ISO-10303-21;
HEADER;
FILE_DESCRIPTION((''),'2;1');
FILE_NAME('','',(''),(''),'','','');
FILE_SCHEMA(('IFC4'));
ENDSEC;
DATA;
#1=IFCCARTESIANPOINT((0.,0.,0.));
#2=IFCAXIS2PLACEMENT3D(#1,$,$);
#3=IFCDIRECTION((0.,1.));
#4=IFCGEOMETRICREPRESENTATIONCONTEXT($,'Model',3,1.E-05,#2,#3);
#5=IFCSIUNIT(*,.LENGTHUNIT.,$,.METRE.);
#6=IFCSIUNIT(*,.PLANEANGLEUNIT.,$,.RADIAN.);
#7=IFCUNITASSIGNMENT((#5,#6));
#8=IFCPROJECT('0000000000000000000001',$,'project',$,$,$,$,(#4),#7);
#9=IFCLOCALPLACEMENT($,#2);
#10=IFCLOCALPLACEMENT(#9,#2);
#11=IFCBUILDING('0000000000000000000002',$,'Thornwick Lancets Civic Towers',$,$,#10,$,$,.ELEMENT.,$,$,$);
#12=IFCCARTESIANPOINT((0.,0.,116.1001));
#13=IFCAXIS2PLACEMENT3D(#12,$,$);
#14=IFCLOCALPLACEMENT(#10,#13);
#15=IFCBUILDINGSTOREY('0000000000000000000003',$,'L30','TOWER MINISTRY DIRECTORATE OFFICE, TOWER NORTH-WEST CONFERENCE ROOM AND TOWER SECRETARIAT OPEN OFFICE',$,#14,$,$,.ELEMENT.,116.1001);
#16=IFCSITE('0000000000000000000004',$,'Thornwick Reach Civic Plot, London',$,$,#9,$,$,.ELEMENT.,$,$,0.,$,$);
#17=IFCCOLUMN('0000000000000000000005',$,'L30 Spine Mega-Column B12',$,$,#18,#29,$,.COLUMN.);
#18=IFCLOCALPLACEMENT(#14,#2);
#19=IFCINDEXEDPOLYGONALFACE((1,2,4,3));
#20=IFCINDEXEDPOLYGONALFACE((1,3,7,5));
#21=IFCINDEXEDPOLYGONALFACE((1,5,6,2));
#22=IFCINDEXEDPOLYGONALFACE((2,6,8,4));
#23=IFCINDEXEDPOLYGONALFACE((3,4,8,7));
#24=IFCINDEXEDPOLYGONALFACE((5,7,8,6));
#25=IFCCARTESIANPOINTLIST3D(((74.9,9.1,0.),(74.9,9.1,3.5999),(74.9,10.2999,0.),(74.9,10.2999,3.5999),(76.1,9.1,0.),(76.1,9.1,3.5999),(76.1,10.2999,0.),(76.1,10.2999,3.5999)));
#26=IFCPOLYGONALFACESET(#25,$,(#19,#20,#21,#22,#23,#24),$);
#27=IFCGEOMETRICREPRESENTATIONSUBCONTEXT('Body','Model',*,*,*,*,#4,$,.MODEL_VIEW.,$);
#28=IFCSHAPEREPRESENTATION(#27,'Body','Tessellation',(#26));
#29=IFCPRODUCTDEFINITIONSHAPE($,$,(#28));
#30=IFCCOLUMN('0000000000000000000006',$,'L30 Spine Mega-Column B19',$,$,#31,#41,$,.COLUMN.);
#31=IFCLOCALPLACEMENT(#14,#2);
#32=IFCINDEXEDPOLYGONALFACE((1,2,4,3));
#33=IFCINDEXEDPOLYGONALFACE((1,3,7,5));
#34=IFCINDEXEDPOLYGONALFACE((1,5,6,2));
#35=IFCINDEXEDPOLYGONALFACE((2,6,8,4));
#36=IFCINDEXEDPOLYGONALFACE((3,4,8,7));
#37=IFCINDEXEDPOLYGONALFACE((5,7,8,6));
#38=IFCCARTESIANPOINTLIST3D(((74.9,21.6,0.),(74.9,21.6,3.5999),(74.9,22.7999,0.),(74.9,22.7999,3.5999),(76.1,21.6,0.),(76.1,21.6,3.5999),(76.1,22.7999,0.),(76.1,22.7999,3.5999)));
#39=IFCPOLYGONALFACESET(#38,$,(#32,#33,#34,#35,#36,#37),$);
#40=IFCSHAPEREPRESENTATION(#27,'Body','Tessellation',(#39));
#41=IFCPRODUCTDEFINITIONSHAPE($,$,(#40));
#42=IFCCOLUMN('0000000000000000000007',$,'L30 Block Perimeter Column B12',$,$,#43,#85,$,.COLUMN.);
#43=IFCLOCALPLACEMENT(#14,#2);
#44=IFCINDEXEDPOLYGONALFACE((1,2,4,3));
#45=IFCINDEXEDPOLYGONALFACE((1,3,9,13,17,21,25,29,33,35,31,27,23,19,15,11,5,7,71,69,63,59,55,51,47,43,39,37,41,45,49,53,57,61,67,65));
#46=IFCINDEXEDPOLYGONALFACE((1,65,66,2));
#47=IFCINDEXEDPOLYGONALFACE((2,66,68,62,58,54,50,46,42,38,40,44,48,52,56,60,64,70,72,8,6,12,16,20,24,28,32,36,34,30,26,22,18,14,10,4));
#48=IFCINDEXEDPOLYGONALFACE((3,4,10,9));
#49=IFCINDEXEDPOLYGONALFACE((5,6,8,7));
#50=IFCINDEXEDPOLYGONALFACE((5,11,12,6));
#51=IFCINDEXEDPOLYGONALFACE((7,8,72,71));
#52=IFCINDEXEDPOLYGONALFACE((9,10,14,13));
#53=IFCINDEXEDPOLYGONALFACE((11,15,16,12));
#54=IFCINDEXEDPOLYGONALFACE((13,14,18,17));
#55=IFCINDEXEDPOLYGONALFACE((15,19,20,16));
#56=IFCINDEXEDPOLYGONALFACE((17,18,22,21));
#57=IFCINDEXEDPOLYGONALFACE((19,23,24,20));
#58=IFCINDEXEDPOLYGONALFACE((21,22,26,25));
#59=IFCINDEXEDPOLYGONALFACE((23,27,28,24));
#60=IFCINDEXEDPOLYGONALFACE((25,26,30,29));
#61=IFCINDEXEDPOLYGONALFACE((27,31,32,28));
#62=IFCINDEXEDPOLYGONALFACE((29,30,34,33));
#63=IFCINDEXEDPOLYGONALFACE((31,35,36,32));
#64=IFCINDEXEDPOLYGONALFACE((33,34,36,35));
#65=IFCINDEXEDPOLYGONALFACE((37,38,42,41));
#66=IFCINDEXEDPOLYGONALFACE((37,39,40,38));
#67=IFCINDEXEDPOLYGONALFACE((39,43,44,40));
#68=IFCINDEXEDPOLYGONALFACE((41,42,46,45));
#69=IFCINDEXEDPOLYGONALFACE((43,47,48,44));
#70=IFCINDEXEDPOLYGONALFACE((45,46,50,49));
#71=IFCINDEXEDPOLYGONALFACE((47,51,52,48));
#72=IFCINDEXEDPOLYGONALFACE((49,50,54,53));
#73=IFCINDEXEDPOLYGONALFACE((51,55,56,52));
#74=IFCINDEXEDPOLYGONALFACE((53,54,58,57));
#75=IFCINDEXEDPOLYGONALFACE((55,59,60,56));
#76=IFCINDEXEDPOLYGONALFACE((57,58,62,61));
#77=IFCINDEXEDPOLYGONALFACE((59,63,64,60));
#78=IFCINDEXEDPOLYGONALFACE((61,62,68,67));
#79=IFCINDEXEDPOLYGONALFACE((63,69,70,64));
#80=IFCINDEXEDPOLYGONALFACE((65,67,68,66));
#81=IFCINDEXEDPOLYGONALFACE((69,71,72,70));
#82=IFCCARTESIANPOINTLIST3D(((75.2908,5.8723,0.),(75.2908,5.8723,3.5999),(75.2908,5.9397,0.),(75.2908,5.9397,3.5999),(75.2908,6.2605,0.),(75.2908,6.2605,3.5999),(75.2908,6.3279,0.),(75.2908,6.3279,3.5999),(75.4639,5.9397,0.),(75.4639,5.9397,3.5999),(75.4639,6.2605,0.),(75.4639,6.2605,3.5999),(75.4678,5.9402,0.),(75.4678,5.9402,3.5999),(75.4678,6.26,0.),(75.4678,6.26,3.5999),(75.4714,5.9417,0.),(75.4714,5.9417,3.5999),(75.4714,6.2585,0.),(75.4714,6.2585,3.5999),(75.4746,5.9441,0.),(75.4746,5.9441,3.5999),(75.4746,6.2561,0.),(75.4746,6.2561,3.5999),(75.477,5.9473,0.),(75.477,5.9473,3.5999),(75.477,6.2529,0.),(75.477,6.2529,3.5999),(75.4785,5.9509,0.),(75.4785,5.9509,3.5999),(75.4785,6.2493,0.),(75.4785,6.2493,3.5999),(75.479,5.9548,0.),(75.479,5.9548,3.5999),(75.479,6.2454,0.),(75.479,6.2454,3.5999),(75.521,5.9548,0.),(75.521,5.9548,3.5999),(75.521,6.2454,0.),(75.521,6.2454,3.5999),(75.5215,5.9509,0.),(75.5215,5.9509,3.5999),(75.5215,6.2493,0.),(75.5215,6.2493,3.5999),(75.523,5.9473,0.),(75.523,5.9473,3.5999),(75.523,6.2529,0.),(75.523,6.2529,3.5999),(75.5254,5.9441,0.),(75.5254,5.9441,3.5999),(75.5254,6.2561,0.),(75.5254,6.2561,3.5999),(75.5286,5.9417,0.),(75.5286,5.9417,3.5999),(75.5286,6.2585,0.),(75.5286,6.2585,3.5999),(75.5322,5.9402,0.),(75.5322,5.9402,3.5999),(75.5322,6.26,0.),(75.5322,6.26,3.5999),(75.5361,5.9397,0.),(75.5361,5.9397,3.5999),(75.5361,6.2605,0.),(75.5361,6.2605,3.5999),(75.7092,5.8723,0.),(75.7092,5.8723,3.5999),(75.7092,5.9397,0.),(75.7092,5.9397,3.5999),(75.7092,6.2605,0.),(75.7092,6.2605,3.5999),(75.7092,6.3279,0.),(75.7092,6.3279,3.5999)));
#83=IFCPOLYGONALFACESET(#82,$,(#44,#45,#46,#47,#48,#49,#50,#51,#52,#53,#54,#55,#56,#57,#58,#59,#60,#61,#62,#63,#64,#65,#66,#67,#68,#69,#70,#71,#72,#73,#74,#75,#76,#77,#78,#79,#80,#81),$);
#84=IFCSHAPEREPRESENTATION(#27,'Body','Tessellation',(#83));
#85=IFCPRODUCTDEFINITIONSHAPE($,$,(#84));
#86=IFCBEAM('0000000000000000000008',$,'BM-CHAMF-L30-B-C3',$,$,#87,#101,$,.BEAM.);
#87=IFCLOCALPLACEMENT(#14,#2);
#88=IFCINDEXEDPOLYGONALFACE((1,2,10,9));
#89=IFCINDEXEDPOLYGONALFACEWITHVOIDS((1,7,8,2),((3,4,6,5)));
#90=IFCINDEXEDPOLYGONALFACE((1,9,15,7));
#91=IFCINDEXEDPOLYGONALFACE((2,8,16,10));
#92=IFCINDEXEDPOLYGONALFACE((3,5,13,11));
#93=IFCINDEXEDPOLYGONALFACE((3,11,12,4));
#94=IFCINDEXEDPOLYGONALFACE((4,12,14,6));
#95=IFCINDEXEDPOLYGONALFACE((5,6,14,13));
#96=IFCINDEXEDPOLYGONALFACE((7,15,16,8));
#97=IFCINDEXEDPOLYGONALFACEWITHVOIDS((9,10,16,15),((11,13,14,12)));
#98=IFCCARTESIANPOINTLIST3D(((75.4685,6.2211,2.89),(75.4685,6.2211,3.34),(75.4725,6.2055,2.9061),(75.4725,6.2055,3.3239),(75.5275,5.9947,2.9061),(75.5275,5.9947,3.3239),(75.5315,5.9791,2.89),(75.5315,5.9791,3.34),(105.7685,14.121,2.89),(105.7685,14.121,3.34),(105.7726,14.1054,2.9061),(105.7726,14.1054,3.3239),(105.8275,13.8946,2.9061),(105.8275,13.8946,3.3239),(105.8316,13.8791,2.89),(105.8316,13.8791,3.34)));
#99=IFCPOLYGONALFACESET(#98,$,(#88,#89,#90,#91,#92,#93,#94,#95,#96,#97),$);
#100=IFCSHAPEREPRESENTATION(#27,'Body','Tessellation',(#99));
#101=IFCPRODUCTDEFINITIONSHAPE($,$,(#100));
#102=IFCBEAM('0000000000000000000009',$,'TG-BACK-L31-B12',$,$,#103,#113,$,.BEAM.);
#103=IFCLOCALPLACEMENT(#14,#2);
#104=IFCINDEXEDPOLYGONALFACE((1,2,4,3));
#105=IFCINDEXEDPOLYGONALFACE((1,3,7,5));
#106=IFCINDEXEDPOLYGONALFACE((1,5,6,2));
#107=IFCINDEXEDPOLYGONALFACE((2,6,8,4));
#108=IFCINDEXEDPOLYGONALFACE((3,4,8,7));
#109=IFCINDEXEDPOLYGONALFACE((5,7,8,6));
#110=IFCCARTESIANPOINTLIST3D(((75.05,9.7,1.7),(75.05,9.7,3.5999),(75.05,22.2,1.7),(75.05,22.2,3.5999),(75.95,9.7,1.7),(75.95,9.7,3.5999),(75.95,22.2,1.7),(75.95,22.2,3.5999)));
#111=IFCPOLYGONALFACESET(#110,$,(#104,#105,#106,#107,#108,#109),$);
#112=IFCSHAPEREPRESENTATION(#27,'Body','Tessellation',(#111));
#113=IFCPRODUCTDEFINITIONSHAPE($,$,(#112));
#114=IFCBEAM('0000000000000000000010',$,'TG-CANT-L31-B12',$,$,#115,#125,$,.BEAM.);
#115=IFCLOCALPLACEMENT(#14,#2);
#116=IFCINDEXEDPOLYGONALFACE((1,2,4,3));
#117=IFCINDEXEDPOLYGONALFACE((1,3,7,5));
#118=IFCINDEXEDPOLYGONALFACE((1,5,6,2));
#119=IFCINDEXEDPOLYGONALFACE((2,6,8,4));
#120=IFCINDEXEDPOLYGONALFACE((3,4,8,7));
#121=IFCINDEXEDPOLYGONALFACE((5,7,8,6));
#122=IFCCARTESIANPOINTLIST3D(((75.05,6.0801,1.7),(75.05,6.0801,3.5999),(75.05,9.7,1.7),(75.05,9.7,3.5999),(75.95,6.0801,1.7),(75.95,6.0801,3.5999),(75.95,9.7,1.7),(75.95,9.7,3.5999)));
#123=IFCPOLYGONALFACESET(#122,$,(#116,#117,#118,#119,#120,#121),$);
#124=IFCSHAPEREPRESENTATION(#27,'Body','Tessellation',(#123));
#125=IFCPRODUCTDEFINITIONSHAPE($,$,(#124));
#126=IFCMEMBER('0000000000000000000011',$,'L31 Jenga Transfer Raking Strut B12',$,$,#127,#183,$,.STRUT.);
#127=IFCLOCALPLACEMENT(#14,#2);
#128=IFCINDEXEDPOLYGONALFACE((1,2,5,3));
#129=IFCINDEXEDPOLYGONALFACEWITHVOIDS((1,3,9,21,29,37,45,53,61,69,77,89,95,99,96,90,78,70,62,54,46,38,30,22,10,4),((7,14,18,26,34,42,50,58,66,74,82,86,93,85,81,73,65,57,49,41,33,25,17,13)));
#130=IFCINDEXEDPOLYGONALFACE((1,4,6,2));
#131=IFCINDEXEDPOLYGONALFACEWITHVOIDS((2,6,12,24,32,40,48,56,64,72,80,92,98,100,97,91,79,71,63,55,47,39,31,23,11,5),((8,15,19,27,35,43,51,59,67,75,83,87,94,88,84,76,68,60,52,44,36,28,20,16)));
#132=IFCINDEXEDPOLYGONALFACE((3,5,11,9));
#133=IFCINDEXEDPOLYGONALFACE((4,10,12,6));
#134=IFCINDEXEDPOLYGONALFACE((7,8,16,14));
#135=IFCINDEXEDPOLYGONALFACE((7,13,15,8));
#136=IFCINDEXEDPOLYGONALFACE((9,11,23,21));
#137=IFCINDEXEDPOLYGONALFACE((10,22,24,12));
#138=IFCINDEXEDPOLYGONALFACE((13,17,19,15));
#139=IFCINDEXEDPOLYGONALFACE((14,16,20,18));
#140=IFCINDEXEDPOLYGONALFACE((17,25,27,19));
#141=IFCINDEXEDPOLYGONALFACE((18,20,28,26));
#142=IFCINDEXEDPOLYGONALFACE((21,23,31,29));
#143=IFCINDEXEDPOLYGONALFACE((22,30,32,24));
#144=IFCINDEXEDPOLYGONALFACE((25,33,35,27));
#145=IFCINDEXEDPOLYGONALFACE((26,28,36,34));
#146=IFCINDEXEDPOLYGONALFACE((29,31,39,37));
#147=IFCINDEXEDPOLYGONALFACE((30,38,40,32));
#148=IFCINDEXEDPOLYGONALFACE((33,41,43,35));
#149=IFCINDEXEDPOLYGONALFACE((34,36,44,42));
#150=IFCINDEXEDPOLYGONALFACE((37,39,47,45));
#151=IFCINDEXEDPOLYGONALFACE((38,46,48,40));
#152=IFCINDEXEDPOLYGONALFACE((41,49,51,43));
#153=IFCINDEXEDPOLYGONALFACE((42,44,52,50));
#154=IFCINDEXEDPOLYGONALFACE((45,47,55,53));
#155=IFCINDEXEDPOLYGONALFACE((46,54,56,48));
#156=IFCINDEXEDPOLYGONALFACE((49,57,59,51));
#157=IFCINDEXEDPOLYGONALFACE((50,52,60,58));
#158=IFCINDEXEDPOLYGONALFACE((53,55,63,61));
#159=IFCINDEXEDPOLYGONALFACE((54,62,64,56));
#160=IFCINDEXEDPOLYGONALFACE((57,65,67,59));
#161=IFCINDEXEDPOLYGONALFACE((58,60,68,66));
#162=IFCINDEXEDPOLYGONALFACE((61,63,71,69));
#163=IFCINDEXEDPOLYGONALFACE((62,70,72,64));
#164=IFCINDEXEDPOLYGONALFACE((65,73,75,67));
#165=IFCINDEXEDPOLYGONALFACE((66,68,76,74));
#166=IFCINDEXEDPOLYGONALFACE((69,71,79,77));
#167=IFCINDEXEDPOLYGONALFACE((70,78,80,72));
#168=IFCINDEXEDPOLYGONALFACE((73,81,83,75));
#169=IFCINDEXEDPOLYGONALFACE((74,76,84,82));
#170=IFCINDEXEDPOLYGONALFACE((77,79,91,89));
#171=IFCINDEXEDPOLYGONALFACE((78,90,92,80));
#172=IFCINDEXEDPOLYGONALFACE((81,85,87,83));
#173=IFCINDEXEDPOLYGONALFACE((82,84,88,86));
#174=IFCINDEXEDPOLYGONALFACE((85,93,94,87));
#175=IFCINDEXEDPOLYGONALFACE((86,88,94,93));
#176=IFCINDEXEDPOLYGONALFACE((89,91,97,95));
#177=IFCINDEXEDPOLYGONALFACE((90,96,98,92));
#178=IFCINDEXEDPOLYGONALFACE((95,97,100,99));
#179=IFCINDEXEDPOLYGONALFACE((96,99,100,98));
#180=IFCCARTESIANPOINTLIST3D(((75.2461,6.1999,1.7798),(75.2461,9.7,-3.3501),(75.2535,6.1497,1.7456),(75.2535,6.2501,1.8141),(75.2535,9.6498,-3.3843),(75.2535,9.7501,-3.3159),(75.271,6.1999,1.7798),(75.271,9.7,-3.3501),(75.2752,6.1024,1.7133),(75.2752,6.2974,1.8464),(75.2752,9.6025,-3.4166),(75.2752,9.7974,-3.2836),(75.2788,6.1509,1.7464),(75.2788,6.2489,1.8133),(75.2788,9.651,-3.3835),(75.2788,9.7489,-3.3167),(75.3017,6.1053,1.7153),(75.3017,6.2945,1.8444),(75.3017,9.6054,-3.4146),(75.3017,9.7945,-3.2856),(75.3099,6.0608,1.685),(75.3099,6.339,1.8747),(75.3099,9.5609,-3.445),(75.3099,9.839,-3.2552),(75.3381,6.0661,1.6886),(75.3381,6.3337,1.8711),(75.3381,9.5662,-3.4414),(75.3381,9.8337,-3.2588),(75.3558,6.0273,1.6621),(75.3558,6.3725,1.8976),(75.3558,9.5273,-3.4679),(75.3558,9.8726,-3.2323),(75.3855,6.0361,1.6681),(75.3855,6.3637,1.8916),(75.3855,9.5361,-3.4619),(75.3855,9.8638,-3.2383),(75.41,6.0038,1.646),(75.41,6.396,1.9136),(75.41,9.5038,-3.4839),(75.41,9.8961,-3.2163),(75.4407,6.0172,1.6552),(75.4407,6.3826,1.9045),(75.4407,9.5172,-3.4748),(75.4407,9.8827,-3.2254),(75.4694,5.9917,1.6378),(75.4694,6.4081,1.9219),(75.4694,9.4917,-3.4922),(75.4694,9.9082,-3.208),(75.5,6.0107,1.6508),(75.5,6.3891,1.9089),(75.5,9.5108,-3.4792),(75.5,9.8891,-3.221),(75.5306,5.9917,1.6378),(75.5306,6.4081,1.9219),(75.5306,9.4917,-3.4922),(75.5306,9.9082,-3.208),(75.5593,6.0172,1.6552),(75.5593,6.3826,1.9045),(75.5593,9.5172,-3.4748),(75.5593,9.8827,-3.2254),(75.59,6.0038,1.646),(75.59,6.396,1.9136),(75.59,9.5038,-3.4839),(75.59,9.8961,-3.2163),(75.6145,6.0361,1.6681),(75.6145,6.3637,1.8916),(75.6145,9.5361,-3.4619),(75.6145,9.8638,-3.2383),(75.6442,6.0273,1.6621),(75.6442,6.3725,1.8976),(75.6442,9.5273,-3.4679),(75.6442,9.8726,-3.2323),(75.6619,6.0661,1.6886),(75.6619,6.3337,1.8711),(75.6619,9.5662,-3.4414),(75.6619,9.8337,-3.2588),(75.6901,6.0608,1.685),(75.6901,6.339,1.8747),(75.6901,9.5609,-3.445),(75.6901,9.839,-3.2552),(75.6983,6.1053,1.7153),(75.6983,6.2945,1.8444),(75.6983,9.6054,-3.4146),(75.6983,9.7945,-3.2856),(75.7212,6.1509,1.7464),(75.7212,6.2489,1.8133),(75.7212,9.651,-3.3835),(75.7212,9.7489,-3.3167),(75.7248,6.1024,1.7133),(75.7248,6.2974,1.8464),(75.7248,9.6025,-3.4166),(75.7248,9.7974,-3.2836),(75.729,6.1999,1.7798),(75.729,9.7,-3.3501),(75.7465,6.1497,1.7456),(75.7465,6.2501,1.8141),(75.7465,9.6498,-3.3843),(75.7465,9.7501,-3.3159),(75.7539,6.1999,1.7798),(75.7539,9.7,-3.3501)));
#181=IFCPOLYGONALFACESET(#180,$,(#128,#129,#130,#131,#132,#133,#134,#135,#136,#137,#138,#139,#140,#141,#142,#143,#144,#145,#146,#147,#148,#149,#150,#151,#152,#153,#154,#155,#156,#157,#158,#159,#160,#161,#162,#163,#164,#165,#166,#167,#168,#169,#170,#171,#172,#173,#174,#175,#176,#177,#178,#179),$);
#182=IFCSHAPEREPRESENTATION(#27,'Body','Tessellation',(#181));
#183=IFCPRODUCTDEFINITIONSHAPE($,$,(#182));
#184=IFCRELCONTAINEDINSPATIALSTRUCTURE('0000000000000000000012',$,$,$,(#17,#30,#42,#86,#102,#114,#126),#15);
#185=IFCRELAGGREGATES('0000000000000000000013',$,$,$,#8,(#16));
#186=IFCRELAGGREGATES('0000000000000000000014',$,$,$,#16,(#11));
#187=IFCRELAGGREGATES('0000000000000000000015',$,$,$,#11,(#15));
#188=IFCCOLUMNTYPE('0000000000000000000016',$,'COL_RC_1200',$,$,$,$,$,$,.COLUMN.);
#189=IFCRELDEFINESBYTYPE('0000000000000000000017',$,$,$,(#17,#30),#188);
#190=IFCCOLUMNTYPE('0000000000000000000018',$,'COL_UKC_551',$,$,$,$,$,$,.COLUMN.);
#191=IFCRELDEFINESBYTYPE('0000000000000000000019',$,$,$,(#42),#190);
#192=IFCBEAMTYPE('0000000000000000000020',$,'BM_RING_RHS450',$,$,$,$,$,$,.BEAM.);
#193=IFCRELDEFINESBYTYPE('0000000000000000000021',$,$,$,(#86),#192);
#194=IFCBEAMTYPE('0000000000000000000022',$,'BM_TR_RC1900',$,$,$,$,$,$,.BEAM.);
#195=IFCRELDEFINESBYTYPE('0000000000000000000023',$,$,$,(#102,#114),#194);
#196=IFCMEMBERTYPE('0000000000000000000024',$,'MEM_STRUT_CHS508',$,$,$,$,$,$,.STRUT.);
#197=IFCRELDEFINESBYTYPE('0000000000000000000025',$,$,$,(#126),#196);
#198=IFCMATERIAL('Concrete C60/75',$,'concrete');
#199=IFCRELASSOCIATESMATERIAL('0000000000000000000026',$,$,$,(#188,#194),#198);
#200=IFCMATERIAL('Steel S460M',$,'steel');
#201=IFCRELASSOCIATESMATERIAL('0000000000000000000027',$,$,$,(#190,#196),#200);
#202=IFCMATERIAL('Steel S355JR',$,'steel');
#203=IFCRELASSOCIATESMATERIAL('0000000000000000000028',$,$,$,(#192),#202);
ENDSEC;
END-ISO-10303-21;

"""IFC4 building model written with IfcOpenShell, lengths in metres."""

from ifc_helpers import new_model, si_unit, direction, frame, origin, origin_2d, place, context, subcontext, project, spatial, rectangle, hollow_rectangle, hollow_circle, i_section, extrude, material, material_profile, profile_set, type_object, element, save


model = new_model("IFC4")

# Units and contexts
model_context = context("Model", 3, precision=1e-05, world=origin(), true_north=direction((0.0, 1.0)))
body_context = subcontext(model_context, "Body", "Model", "MODEL_VIEW")
ifc_project = project(units=[si_unit("LENGTHUNIT", "METRE"), si_unit("PLANEANGLEUNIT", "RADIAN")], contexts=[model_context])

# Site, building, storey
site_placement = place(None, origin())
site = spatial("IfcSite", under=ifc_project, at=site_placement, Name="Thornwick Reach Civic Plot, London", CompositionType="ELEMENT", RefElevation=0.0)
building_placement = place(site_placement, origin())
building = spatial("IfcBuilding", under=site, at=building_placement, Name="Thornwick Lancets Civic Towers", CompositionType="ELEMENT")
storey_placement = place(building_placement, frame((0.0, 0.0, 116.1001)))
storey = spatial("IfcBuildingStorey", under=building, at=storey_placement, Name="L30", Description="TOWER MINISTRY DIRECTORATE OFFICE, TOWER NORTH-WEST CONFERENCE ROOM AND TOWER SECRETARIAT OPEN OFFICE", CompositionType="ELEMENT", Elevation=116.1001)

# Columns
ifc_material_1 = material(Name="Concrete C60/75", Category="concrete")
ifc_material_profile_1 = material_profile(ifc_material_1, rectangle(XDim=1.2, YDim=1.2, at=origin_2d()), Name="RC 1200x1200")
ifc_profile_set_1 = profile_set([ifc_material_profile_1], Name="Concrete C60/75")
column_type_1 = type_object("IfcColumnType", Name="COL_RC_1200", PredefinedType="COLUMN", material=ifc_profile_set_1)
for number, where, z_axis, x_axis, name in (
    (1, (75.5, 9.7, 0.0), (0.0, 0.0, 1.0), (1.0, 0.0, 0.0), "L30 Spine Mega-Column B12"),
    (2, (75.5, 22.2, 0.0), (0.0, 0.0, 1.0), (1.0, 0.0, 0.0), "L30 Spine Mega-Column B19"),
):
    element("IfcColumn", number, at=place(storey_placement, frame(where, z_axis=z_axis, x_axis=x_axis)), inside=storey, type_object=column_type_1, Name=name, PredefinedType="COLUMN", context=body_context, shape_type="SweptSolid", body=[
        extrude(rectangle(XDim=1.2, YDim=1.2, at=origin_2d()), origin(), (0.0, 0.0, 1.0), 3.5999),
    ])
ifc_material_2 = material(Name="Steel S460M", Category="steel")
ifc_material_profile_2 = material_profile(ifc_material_2, i_section(OverallWidth=0.4185, OverallDepth=0.4556, WebThickness=0.042, FlangeThickness=0.0674, FilletRadius=0.0151, at=origin_2d()), Name="UKC 356x406x551")
ifc_profile_set_2 = profile_set([ifc_material_profile_2], Name="Steel S460M")
column_type_2 = type_object("IfcColumnType", Name="COL_UKC_551", PredefinedType="COLUMN", material=ifc_profile_set_2)
column_placement = place(storey_placement, frame((75.5, 6.1001, 0.0), z_axis=(0.0, 0.0, 1.0), x_axis=(1.0, 0.0, 0.0)))
element("IfcColumn", 3, at=column_placement, inside=storey, type_object=column_type_2, Name="L30 Block Perimeter Column B12", PredefinedType="COLUMN", context=body_context, shape_type="SweptSolid", body=[
    extrude(i_section(OverallWidth=0.4185, OverallDepth=0.4556, WebThickness=0.042, FlangeThickness=0.0674, FilletRadius=0.0151, at=origin_2d()), origin(), (0.0, 0.0, 1.0), 3.5999),
])

# Beams
ifc_material_3 = material(Name="Steel S355JR", Category="steel")
ifc_material_profile_3 = material_profile(ifc_material_3, hollow_rectangle(XDim=0.25, YDim=0.45, WallThickness=0.0161, at=origin_2d()), Name="RHS 450x250x16")
ifc_profile_set_3 = profile_set([ifc_material_profile_3], Name="Steel S355JR")
beam_type_1 = type_object("IfcBeamType", Name="BM_RING_RHS450", PredefinedType="BEAM", material=ifc_profile_set_3)
beam_1_placement = place(storey_placement, frame((75.5, 6.1001, 3.115), z_axis=(0.967652, 0.252289, 0.0), x_axis=(-0.252289, 0.967652, 0.0)))
element("IfcBeam", 4, at=beam_1_placement, inside=storey, type_object=beam_type_1, Name="BM-CHAMF-L30-B-C3", PredefinedType="BEAM", context=body_context, shape_type="SweptSolid", body=[
    extrude(hollow_rectangle(XDim=0.25, YDim=0.45, WallThickness=0.0161, at=origin_2d()), origin(), (0.0, 0.0, 1.0), 31.313),
])
ifc_material_profile_4 = material_profile(ifc_material_1, rectangle(XDim=0.8999, YDim=1.8999, at=origin_2d()), Name="RC 900x1900")
ifc_profile_set_4 = profile_set([ifc_material_profile_4], Name="Concrete C60/75")
beam_type_2 = type_object("IfcBeamType", Name="BM_TR_RC1900", PredefinedType="BEAM", material=ifc_profile_set_4)
beam_2_placement = place(storey_placement, frame((75.5, 22.2, 2.6499), z_axis=(0.0, -1.0, 0.0), x_axis=(1.0, 0.0, 0.0)))
element("IfcBeam", 5, at=beam_2_placement, inside=storey, type_object=beam_type_2, Name="TG-BACK-L31-B12", PredefinedType="BEAM", context=body_context, shape_type="SweptSolid", body=[
    extrude(rectangle(XDim=0.8999, YDim=1.8999, at=origin_2d()), origin(), (0.0, 0.0, 1.0), 12.5),
])
beam_3_placement = place(storey_placement, frame((75.5, 9.7, 2.6499), z_axis=(0.0, -1.0, 0.0), x_axis=(1.0, 0.0, 0.0)))
element("IfcBeam", 6, at=beam_3_placement, inside=storey, type_object=beam_type_2, Name="TG-CANT-L31-B12", PredefinedType="BEAM", context=body_context, shape_type="SweptSolid", body=[
    extrude(rectangle(XDim=0.8999, YDim=1.8999, at=origin_2d()), origin(), (0.0, 0.0, 1.0), 3.6199),
])

# Member
ifc_material_profile_5 = material_profile(ifc_material_2, hollow_circle(Radius=0.2539, WallThickness=0.0249, at=origin_2d()), Name="CHS 508x25")
ifc_profile_set_5 = profile_set([ifc_material_profile_5], Name="Steel S460M")
member_type = type_object("IfcMemberType", Name="MEM_STRUT_CHS508", PredefinedType="STRUT", material=ifc_profile_set_5)
member_placement = place(storey_placement, frame((75.5, 9.7, -3.3501), z_axis=(0.0, -0.563595, 0.826051), x_axis=(1.0, 0.0, 0.0)))
element("IfcMember", 7, at=member_placement, inside=storey, type_object=member_type, Name="L31 Jenga Transfer Raking Strut B12", PredefinedType="STRUT", context=body_context, shape_type="SweptSolid", body=[
    extrude(hollow_circle(Radius=0.2539, WallThickness=0.0249, at=origin_2d()), origin(), (0.0, 0.0, 1.0), 6.2102),
])

save(model, "model.ifc")
